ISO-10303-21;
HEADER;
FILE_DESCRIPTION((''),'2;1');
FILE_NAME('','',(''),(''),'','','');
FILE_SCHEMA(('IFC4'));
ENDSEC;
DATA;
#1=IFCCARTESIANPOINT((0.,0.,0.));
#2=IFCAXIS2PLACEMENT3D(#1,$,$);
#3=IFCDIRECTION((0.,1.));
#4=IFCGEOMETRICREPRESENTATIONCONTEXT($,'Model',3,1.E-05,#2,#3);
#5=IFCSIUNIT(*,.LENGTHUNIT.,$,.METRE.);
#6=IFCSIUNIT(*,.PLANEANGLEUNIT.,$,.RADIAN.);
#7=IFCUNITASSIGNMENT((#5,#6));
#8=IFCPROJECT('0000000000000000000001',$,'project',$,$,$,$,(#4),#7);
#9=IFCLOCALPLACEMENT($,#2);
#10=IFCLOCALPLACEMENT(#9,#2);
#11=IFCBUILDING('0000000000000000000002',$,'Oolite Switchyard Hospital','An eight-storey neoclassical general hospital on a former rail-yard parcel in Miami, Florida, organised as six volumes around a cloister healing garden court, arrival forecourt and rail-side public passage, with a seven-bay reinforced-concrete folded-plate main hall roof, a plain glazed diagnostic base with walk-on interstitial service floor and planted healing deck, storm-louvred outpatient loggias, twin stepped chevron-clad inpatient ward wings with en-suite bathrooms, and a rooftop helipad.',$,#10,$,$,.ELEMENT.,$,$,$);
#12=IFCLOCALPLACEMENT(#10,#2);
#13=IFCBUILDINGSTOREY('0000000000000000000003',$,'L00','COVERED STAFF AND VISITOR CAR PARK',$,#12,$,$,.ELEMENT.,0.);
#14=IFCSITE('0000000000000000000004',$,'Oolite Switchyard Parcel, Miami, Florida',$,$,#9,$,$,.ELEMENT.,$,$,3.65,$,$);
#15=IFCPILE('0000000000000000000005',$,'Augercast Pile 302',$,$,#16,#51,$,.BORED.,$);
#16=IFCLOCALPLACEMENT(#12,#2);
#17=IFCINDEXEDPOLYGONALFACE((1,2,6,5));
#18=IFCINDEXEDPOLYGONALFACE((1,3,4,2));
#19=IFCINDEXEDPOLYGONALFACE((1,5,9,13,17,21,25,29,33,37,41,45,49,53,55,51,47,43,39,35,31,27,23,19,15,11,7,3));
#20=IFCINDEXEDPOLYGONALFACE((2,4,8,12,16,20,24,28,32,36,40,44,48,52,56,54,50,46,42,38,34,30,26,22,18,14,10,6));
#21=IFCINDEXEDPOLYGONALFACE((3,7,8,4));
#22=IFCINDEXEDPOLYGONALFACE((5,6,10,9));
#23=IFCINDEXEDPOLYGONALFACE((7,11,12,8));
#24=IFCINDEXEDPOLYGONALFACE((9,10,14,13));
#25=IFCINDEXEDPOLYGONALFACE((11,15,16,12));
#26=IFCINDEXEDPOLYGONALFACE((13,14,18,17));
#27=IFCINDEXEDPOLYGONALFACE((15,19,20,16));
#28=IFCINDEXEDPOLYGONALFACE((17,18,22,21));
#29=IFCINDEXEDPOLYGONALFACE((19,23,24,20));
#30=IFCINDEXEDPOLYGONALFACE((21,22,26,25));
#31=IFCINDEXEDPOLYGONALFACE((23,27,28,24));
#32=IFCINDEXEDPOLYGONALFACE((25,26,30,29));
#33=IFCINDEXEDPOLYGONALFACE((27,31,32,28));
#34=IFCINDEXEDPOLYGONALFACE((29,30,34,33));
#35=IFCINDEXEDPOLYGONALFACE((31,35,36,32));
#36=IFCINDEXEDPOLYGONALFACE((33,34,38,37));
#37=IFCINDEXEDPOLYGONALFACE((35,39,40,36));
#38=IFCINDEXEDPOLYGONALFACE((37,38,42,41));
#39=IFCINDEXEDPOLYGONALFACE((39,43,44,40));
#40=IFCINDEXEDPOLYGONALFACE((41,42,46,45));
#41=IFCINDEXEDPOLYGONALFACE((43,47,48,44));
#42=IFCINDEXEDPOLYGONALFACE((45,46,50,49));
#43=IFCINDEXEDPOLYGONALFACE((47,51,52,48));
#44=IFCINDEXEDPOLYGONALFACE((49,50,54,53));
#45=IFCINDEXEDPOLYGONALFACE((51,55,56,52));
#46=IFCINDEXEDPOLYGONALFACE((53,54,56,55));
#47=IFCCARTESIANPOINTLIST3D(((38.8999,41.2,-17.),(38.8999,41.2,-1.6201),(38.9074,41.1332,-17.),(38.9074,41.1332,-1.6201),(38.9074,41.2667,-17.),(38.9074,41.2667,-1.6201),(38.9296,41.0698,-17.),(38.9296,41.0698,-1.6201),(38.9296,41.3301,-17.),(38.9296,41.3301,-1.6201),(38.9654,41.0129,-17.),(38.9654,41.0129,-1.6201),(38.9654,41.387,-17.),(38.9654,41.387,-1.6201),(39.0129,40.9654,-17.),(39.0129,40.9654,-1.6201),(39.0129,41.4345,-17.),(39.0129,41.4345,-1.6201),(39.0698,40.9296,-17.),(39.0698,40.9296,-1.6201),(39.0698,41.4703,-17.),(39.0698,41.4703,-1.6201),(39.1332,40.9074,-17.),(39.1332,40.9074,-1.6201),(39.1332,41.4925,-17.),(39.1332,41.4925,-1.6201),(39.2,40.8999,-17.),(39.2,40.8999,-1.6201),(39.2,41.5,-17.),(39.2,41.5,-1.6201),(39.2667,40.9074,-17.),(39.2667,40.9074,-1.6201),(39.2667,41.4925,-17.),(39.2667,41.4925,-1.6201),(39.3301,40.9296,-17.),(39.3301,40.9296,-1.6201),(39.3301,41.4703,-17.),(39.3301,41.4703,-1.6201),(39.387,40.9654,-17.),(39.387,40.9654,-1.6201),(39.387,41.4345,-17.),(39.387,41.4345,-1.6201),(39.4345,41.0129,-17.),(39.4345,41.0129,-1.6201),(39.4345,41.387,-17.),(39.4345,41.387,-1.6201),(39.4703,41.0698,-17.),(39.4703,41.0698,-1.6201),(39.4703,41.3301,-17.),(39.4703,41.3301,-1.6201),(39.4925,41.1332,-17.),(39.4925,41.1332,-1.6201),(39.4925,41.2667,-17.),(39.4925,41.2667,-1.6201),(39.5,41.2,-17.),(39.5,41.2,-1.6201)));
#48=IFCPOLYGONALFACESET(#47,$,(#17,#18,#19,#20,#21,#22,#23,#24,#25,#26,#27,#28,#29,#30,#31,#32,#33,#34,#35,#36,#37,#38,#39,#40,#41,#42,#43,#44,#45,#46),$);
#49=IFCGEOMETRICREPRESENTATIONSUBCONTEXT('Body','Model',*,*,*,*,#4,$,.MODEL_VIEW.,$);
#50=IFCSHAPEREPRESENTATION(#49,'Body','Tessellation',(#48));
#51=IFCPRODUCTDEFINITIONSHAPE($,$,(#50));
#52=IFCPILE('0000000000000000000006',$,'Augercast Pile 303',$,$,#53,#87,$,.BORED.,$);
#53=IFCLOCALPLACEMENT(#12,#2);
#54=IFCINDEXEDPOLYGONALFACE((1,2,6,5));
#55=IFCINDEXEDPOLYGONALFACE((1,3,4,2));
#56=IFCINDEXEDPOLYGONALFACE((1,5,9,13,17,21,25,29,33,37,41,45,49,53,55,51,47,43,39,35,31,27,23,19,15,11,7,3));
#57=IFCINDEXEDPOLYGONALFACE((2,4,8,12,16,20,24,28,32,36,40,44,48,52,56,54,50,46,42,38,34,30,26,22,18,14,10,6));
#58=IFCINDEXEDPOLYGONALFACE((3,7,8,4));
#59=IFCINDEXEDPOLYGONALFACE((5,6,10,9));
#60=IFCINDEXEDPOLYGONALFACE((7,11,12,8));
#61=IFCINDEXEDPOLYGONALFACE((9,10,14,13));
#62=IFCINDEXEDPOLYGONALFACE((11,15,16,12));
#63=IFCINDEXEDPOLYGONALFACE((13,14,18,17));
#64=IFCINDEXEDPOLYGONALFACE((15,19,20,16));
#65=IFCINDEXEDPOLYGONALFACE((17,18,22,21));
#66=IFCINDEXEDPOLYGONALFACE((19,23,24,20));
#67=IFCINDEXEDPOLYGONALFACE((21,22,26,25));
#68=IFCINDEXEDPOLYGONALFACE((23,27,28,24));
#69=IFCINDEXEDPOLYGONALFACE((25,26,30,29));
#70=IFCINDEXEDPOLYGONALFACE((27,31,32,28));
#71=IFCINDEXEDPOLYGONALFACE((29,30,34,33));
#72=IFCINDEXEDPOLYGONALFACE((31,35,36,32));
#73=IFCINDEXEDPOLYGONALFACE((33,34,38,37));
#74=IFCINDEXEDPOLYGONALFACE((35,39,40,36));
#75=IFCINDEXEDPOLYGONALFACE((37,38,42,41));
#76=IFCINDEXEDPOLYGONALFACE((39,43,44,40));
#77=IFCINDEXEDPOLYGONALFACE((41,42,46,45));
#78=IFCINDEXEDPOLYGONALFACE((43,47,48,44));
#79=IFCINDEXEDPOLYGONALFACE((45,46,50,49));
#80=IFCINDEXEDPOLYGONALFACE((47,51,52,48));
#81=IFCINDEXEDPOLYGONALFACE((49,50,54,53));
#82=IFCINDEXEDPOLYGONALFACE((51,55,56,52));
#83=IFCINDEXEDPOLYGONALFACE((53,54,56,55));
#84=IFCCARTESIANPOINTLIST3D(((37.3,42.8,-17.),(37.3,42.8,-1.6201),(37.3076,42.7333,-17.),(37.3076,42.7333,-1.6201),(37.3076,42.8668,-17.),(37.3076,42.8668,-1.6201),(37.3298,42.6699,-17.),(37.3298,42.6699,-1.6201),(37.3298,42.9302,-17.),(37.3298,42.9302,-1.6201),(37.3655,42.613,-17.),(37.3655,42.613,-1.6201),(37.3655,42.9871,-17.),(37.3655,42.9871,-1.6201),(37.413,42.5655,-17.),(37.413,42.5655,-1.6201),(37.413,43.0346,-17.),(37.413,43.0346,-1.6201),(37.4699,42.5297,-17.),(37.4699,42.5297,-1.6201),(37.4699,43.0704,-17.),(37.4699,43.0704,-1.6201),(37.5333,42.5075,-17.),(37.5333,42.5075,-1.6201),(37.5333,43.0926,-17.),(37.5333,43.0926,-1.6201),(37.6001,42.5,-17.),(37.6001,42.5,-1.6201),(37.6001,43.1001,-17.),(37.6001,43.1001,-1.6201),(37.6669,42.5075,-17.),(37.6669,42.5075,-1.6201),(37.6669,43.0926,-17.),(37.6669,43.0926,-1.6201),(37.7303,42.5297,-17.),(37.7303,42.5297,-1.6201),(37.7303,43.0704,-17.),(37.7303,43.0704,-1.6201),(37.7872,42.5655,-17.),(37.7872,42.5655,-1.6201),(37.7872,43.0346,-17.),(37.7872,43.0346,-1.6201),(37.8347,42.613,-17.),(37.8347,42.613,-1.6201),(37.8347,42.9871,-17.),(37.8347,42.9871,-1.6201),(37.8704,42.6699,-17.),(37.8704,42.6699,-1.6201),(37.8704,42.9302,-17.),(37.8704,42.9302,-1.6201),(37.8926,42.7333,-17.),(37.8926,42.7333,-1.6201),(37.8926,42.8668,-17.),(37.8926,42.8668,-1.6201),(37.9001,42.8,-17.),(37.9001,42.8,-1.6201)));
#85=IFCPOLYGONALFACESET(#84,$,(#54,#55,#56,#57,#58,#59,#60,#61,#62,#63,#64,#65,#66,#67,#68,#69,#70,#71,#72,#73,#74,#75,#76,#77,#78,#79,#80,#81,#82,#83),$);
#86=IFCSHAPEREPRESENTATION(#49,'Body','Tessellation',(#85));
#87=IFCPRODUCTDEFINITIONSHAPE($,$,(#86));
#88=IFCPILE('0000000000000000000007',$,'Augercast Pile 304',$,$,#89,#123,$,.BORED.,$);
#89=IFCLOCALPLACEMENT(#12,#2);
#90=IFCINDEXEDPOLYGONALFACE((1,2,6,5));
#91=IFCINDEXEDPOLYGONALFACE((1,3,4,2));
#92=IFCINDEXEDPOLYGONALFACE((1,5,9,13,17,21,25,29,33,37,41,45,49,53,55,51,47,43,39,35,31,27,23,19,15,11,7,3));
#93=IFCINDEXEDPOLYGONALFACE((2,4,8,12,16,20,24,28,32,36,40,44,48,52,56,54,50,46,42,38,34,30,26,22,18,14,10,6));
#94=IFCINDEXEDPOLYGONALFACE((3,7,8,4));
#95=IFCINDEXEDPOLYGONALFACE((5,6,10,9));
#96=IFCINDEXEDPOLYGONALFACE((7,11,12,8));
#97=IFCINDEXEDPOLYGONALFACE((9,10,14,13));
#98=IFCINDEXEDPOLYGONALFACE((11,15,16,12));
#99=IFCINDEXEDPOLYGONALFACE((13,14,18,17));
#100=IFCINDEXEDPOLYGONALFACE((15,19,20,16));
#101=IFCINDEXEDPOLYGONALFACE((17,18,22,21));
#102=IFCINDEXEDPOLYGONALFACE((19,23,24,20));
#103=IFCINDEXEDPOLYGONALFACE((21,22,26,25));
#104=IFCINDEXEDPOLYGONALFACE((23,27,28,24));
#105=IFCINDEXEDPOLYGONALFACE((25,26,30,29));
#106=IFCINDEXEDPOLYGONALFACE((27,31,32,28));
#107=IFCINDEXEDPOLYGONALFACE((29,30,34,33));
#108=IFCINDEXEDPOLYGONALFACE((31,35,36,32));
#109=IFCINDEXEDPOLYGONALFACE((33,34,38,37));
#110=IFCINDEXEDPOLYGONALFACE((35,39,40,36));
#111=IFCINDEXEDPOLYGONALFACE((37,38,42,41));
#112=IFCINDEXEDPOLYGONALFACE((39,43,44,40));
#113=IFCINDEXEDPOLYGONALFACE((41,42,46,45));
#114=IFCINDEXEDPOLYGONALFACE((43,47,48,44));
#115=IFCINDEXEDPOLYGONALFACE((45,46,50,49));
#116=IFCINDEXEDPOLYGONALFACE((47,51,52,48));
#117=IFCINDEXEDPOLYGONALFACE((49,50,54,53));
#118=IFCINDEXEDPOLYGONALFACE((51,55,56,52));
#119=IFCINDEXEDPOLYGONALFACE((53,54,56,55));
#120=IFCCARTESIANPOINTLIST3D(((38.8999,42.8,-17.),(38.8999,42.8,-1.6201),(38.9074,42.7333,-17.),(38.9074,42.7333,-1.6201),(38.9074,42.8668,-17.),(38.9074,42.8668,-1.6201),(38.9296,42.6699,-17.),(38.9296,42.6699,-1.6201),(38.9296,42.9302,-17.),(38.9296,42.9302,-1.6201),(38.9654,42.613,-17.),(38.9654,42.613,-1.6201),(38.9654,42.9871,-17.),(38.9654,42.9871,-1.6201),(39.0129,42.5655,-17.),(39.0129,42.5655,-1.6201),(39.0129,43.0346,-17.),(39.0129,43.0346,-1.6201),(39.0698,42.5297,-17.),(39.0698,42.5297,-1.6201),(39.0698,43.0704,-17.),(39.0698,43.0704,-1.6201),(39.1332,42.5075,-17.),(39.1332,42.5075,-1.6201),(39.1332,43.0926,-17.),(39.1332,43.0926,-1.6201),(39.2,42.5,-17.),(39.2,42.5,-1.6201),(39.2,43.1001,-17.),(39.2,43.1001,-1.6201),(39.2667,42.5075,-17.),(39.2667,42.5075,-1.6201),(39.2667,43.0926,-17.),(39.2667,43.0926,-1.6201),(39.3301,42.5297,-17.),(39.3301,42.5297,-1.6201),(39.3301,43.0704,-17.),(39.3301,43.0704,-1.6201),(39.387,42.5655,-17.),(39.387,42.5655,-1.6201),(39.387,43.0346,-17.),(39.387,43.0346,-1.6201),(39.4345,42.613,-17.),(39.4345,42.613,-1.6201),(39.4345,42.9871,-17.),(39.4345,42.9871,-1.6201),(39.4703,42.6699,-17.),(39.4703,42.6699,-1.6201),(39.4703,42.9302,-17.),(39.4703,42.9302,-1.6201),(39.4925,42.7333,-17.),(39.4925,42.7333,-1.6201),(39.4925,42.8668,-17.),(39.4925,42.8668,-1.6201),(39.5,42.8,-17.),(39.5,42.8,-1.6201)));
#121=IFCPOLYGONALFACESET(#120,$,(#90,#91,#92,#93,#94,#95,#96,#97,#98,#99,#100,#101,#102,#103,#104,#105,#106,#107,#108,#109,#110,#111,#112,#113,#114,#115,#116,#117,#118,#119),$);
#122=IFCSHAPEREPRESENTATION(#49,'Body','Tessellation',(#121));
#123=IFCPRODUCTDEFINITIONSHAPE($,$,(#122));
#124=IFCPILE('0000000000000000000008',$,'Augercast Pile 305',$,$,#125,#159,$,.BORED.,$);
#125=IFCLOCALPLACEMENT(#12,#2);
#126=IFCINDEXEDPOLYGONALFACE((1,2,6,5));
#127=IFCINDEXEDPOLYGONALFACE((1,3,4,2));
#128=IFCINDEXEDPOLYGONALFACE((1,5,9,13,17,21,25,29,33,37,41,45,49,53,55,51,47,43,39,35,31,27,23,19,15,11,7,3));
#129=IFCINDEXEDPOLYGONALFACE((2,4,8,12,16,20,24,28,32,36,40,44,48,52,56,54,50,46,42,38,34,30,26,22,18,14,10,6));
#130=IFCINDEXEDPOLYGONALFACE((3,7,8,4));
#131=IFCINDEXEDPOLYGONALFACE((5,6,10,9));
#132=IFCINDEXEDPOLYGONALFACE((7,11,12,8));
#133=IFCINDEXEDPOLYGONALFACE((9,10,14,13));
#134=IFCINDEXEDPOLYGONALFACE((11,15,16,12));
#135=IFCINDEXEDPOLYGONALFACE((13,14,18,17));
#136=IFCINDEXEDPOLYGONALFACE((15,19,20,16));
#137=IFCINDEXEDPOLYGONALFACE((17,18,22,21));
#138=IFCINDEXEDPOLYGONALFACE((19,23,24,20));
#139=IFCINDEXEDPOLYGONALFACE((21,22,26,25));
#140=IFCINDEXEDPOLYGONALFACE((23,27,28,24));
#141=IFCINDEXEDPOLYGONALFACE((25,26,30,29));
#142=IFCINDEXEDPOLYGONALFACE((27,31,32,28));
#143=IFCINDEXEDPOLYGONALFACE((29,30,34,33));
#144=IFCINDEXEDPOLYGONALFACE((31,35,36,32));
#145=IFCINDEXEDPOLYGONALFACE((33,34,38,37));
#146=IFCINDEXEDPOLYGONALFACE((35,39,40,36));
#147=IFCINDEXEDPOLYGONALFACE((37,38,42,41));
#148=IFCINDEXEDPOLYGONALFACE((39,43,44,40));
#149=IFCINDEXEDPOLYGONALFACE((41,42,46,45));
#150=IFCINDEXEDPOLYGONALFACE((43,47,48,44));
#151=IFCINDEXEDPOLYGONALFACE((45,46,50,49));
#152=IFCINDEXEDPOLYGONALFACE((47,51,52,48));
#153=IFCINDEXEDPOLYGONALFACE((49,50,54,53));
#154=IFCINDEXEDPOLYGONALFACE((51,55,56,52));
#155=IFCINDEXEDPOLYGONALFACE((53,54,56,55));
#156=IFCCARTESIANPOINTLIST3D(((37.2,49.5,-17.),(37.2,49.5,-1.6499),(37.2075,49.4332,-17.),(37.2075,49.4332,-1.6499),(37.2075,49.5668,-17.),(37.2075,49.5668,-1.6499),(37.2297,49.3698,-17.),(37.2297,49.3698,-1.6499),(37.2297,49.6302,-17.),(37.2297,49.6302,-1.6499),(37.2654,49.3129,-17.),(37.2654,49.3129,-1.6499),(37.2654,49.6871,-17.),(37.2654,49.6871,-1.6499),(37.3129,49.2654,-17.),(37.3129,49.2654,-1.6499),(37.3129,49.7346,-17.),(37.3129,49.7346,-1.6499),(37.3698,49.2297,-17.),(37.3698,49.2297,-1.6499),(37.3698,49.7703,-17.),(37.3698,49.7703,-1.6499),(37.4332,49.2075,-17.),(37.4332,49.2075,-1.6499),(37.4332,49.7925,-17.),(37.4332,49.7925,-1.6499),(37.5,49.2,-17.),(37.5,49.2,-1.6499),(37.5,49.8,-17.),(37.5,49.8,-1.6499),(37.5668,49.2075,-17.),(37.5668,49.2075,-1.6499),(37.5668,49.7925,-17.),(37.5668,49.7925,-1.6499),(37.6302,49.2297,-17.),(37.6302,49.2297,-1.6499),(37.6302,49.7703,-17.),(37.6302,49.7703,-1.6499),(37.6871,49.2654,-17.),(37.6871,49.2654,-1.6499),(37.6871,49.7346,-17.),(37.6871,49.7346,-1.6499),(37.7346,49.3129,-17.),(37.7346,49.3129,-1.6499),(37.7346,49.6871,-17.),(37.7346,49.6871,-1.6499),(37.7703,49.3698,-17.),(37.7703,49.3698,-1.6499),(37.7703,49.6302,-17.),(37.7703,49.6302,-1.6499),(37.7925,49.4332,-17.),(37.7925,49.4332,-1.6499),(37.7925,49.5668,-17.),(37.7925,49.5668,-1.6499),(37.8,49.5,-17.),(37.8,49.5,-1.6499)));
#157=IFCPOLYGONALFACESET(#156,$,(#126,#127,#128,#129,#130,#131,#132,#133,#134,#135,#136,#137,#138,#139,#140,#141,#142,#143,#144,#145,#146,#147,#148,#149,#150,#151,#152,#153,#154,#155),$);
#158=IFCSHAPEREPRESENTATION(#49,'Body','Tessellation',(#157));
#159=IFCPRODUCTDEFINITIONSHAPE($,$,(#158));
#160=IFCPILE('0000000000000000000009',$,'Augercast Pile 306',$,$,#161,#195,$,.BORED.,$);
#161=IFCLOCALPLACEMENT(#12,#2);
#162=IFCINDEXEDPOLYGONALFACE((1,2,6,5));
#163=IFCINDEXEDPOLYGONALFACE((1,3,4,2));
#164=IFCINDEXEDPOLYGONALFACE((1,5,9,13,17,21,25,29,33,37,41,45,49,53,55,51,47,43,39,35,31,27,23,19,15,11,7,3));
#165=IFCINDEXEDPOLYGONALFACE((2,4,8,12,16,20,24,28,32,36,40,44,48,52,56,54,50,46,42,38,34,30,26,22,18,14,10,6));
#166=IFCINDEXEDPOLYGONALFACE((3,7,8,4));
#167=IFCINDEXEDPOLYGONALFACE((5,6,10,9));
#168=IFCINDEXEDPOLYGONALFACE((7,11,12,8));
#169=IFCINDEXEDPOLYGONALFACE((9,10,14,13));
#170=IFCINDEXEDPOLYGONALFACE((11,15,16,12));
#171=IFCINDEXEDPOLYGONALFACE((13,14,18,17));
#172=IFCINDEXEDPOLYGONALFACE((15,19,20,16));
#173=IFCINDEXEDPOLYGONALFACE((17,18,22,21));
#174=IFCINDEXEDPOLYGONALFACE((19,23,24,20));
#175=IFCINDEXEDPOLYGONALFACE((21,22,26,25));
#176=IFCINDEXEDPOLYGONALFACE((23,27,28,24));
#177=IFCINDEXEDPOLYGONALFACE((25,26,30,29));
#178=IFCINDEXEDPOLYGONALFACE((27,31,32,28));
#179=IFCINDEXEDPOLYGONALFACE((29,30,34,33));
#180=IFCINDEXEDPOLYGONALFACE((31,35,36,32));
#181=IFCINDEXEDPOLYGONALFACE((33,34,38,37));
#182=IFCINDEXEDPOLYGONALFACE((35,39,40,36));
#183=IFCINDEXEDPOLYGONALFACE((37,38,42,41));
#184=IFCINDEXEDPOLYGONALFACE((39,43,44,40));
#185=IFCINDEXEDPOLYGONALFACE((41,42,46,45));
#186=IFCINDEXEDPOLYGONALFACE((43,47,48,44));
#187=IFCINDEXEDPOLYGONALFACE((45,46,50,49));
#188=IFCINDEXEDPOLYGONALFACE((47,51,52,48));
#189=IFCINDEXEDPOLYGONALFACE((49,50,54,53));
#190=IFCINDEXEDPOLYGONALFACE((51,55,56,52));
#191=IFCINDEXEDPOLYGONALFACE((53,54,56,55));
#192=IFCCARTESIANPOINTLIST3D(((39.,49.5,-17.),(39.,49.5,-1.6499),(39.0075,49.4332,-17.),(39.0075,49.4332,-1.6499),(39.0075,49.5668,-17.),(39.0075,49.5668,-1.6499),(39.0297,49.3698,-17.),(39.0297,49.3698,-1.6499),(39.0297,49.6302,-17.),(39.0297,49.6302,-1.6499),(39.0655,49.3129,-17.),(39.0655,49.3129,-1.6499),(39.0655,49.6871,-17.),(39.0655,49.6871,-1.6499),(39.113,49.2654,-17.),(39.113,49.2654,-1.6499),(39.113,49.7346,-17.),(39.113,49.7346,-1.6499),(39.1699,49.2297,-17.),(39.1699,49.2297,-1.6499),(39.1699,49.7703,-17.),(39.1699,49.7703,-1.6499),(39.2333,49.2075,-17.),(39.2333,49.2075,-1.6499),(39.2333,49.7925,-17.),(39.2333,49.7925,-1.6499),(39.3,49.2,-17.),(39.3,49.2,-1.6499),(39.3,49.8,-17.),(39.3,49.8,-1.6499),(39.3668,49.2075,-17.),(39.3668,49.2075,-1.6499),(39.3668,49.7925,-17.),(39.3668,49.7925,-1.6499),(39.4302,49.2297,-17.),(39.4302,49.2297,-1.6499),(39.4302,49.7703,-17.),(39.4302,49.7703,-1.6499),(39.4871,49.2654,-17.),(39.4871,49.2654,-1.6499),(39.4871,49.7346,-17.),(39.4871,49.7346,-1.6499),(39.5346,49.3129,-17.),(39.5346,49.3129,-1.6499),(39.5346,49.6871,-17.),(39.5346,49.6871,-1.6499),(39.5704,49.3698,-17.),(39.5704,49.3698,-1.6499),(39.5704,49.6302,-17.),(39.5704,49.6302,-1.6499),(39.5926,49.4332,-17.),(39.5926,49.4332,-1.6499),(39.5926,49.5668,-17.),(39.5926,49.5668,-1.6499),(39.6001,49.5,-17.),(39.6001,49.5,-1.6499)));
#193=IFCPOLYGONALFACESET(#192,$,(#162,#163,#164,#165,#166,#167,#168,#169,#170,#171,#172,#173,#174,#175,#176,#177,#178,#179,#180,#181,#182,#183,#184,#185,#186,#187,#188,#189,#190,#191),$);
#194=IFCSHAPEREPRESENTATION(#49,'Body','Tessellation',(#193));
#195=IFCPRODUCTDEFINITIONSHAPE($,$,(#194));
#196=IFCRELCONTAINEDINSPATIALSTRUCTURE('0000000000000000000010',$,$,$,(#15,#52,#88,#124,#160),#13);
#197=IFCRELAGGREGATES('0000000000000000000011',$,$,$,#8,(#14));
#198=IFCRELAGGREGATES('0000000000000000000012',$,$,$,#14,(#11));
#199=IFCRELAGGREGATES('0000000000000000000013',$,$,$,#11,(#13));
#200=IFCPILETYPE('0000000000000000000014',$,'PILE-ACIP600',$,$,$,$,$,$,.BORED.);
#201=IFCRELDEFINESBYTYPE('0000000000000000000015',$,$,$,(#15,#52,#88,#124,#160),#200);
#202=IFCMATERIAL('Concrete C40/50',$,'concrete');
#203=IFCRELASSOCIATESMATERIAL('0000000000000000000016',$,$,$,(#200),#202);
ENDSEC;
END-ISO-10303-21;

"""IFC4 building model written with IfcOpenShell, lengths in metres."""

from ifc_helpers import new_model, si_unit, direction, frame, origin, origin_2d, place, context, subcontext, project, spatial, circle, extrude, material, material_profile, profile_set, type_object, element, save


model = new_model("IFC4")

# Units and contexts
model_context = context("Model", 3, precision=1e-05, world=origin(), true_north=direction((0.0, 1.0)))
body_context = subcontext(model_context, "Body", "Model", "MODEL_VIEW")
ifc_project = project(units=[si_unit("LENGTHUNIT", "METRE"), si_unit("PLANEANGLEUNIT", "RADIAN")], contexts=[model_context])

# Site, building, storey
site_placement = place(None, origin())
site = spatial("IfcSite", under=ifc_project, at=site_placement, Name="Oolite Switchyard Parcel, Miami, Florida", CompositionType="ELEMENT", RefElevation=3.65)
building_placement = place(site_placement, origin())
building = spatial("IfcBuilding", under=site, at=building_placement, Name="Oolite Switchyard Hospital", Description="An eight-storey neoclassical general hospital on a former rail-yard parcel in Miami, Florida, organised as six volumes around a cloister healing garden court, arrival forecourt and rail-side public passage, with a seven-bay reinforced-concrete folded-plate main hall roof, a plain glazed diagnostic base with walk-on interstitial service floor and planted healing deck, storm-louvred outpatient loggias, twin stepped chevron-clad inpatient ward wings with en-suite bathrooms, and a rooftop helipad.", CompositionType="ELEMENT")
storey_placement = place(building_placement, origin())
storey = spatial("IfcBuildingStorey", under=building, at=storey_placement, Name="L00", Description="COVERED STAFF AND VISITOR CAR PARK", CompositionType="ELEMENT", Elevation=0.0)

# Shared definitions
ifc_material_1 = material(Name="Concrete C40/50", Category="concrete")

# Piles
ifc_material_profile_1 = material_profile(ifc_material_1, circle(Radius=0.3, at=origin_2d()), Name="PILE600")
ifc_profile_set_1 = profile_set([ifc_material_profile_1], Name="Concrete C40/50")
pile_type = type_object("IfcPileType", Name="PILE-ACIP600", PredefinedType="BORED", material=ifc_profile_set_1)
for number, where, z_axis, x_axis, name in (
    (1, (39.2, 41.2, -1.6201), (0.0, 0.0, -1.0), (1.0, 0.0, 0.0), "Augercast Pile 302"),
    (2, (37.6001, 42.8, -1.6201), (0.0, 0.0, -1.0), (1.0, 0.0, 0.0), "Augercast Pile 303"),
    (3, (39.2, 42.8, -1.6201), (0.0, 0.0, -1.0), (1.0, 0.0, 0.0), "Augercast Pile 304"),
):
    element("IfcPile", number, at=place(storey_placement, frame(where, z_axis=z_axis, x_axis=x_axis)), inside=storey, type_object=pile_type, Name=name, PredefinedType="BORED", context=body_context, shape_type="SweptSolid", body=[
        extrude(circle(Radius=0.3, at=origin_2d()), origin(), (0.0, 0.0, 1.0), 15.3799),
    ])
for number, where, z_axis, x_axis, name in (
    (4, (37.5, 49.5, -1.6499), (0.0, 0.0, -1.0), (1.0, 0.0, 0.0), "Augercast Pile 305"),
    (5, (39.3, 49.5, -1.6499), (0.0, 0.0, -1.0), (1.0, 0.0, 0.0), "Augercast Pile 306"),
):
    element("IfcPile", number, at=place(storey_placement, frame(where, z_axis=z_axis, x_axis=x_axis)), inside=storey, type_object=pile_type, Name=name, PredefinedType="BORED", context=body_context, shape_type="SweptSolid", body=[
        extrude(circle(Radius=0.3, at=origin_2d()), origin(), (0.0, 0.0, 1.0), 15.3501),
    ])

save(model, "model.ifc")
